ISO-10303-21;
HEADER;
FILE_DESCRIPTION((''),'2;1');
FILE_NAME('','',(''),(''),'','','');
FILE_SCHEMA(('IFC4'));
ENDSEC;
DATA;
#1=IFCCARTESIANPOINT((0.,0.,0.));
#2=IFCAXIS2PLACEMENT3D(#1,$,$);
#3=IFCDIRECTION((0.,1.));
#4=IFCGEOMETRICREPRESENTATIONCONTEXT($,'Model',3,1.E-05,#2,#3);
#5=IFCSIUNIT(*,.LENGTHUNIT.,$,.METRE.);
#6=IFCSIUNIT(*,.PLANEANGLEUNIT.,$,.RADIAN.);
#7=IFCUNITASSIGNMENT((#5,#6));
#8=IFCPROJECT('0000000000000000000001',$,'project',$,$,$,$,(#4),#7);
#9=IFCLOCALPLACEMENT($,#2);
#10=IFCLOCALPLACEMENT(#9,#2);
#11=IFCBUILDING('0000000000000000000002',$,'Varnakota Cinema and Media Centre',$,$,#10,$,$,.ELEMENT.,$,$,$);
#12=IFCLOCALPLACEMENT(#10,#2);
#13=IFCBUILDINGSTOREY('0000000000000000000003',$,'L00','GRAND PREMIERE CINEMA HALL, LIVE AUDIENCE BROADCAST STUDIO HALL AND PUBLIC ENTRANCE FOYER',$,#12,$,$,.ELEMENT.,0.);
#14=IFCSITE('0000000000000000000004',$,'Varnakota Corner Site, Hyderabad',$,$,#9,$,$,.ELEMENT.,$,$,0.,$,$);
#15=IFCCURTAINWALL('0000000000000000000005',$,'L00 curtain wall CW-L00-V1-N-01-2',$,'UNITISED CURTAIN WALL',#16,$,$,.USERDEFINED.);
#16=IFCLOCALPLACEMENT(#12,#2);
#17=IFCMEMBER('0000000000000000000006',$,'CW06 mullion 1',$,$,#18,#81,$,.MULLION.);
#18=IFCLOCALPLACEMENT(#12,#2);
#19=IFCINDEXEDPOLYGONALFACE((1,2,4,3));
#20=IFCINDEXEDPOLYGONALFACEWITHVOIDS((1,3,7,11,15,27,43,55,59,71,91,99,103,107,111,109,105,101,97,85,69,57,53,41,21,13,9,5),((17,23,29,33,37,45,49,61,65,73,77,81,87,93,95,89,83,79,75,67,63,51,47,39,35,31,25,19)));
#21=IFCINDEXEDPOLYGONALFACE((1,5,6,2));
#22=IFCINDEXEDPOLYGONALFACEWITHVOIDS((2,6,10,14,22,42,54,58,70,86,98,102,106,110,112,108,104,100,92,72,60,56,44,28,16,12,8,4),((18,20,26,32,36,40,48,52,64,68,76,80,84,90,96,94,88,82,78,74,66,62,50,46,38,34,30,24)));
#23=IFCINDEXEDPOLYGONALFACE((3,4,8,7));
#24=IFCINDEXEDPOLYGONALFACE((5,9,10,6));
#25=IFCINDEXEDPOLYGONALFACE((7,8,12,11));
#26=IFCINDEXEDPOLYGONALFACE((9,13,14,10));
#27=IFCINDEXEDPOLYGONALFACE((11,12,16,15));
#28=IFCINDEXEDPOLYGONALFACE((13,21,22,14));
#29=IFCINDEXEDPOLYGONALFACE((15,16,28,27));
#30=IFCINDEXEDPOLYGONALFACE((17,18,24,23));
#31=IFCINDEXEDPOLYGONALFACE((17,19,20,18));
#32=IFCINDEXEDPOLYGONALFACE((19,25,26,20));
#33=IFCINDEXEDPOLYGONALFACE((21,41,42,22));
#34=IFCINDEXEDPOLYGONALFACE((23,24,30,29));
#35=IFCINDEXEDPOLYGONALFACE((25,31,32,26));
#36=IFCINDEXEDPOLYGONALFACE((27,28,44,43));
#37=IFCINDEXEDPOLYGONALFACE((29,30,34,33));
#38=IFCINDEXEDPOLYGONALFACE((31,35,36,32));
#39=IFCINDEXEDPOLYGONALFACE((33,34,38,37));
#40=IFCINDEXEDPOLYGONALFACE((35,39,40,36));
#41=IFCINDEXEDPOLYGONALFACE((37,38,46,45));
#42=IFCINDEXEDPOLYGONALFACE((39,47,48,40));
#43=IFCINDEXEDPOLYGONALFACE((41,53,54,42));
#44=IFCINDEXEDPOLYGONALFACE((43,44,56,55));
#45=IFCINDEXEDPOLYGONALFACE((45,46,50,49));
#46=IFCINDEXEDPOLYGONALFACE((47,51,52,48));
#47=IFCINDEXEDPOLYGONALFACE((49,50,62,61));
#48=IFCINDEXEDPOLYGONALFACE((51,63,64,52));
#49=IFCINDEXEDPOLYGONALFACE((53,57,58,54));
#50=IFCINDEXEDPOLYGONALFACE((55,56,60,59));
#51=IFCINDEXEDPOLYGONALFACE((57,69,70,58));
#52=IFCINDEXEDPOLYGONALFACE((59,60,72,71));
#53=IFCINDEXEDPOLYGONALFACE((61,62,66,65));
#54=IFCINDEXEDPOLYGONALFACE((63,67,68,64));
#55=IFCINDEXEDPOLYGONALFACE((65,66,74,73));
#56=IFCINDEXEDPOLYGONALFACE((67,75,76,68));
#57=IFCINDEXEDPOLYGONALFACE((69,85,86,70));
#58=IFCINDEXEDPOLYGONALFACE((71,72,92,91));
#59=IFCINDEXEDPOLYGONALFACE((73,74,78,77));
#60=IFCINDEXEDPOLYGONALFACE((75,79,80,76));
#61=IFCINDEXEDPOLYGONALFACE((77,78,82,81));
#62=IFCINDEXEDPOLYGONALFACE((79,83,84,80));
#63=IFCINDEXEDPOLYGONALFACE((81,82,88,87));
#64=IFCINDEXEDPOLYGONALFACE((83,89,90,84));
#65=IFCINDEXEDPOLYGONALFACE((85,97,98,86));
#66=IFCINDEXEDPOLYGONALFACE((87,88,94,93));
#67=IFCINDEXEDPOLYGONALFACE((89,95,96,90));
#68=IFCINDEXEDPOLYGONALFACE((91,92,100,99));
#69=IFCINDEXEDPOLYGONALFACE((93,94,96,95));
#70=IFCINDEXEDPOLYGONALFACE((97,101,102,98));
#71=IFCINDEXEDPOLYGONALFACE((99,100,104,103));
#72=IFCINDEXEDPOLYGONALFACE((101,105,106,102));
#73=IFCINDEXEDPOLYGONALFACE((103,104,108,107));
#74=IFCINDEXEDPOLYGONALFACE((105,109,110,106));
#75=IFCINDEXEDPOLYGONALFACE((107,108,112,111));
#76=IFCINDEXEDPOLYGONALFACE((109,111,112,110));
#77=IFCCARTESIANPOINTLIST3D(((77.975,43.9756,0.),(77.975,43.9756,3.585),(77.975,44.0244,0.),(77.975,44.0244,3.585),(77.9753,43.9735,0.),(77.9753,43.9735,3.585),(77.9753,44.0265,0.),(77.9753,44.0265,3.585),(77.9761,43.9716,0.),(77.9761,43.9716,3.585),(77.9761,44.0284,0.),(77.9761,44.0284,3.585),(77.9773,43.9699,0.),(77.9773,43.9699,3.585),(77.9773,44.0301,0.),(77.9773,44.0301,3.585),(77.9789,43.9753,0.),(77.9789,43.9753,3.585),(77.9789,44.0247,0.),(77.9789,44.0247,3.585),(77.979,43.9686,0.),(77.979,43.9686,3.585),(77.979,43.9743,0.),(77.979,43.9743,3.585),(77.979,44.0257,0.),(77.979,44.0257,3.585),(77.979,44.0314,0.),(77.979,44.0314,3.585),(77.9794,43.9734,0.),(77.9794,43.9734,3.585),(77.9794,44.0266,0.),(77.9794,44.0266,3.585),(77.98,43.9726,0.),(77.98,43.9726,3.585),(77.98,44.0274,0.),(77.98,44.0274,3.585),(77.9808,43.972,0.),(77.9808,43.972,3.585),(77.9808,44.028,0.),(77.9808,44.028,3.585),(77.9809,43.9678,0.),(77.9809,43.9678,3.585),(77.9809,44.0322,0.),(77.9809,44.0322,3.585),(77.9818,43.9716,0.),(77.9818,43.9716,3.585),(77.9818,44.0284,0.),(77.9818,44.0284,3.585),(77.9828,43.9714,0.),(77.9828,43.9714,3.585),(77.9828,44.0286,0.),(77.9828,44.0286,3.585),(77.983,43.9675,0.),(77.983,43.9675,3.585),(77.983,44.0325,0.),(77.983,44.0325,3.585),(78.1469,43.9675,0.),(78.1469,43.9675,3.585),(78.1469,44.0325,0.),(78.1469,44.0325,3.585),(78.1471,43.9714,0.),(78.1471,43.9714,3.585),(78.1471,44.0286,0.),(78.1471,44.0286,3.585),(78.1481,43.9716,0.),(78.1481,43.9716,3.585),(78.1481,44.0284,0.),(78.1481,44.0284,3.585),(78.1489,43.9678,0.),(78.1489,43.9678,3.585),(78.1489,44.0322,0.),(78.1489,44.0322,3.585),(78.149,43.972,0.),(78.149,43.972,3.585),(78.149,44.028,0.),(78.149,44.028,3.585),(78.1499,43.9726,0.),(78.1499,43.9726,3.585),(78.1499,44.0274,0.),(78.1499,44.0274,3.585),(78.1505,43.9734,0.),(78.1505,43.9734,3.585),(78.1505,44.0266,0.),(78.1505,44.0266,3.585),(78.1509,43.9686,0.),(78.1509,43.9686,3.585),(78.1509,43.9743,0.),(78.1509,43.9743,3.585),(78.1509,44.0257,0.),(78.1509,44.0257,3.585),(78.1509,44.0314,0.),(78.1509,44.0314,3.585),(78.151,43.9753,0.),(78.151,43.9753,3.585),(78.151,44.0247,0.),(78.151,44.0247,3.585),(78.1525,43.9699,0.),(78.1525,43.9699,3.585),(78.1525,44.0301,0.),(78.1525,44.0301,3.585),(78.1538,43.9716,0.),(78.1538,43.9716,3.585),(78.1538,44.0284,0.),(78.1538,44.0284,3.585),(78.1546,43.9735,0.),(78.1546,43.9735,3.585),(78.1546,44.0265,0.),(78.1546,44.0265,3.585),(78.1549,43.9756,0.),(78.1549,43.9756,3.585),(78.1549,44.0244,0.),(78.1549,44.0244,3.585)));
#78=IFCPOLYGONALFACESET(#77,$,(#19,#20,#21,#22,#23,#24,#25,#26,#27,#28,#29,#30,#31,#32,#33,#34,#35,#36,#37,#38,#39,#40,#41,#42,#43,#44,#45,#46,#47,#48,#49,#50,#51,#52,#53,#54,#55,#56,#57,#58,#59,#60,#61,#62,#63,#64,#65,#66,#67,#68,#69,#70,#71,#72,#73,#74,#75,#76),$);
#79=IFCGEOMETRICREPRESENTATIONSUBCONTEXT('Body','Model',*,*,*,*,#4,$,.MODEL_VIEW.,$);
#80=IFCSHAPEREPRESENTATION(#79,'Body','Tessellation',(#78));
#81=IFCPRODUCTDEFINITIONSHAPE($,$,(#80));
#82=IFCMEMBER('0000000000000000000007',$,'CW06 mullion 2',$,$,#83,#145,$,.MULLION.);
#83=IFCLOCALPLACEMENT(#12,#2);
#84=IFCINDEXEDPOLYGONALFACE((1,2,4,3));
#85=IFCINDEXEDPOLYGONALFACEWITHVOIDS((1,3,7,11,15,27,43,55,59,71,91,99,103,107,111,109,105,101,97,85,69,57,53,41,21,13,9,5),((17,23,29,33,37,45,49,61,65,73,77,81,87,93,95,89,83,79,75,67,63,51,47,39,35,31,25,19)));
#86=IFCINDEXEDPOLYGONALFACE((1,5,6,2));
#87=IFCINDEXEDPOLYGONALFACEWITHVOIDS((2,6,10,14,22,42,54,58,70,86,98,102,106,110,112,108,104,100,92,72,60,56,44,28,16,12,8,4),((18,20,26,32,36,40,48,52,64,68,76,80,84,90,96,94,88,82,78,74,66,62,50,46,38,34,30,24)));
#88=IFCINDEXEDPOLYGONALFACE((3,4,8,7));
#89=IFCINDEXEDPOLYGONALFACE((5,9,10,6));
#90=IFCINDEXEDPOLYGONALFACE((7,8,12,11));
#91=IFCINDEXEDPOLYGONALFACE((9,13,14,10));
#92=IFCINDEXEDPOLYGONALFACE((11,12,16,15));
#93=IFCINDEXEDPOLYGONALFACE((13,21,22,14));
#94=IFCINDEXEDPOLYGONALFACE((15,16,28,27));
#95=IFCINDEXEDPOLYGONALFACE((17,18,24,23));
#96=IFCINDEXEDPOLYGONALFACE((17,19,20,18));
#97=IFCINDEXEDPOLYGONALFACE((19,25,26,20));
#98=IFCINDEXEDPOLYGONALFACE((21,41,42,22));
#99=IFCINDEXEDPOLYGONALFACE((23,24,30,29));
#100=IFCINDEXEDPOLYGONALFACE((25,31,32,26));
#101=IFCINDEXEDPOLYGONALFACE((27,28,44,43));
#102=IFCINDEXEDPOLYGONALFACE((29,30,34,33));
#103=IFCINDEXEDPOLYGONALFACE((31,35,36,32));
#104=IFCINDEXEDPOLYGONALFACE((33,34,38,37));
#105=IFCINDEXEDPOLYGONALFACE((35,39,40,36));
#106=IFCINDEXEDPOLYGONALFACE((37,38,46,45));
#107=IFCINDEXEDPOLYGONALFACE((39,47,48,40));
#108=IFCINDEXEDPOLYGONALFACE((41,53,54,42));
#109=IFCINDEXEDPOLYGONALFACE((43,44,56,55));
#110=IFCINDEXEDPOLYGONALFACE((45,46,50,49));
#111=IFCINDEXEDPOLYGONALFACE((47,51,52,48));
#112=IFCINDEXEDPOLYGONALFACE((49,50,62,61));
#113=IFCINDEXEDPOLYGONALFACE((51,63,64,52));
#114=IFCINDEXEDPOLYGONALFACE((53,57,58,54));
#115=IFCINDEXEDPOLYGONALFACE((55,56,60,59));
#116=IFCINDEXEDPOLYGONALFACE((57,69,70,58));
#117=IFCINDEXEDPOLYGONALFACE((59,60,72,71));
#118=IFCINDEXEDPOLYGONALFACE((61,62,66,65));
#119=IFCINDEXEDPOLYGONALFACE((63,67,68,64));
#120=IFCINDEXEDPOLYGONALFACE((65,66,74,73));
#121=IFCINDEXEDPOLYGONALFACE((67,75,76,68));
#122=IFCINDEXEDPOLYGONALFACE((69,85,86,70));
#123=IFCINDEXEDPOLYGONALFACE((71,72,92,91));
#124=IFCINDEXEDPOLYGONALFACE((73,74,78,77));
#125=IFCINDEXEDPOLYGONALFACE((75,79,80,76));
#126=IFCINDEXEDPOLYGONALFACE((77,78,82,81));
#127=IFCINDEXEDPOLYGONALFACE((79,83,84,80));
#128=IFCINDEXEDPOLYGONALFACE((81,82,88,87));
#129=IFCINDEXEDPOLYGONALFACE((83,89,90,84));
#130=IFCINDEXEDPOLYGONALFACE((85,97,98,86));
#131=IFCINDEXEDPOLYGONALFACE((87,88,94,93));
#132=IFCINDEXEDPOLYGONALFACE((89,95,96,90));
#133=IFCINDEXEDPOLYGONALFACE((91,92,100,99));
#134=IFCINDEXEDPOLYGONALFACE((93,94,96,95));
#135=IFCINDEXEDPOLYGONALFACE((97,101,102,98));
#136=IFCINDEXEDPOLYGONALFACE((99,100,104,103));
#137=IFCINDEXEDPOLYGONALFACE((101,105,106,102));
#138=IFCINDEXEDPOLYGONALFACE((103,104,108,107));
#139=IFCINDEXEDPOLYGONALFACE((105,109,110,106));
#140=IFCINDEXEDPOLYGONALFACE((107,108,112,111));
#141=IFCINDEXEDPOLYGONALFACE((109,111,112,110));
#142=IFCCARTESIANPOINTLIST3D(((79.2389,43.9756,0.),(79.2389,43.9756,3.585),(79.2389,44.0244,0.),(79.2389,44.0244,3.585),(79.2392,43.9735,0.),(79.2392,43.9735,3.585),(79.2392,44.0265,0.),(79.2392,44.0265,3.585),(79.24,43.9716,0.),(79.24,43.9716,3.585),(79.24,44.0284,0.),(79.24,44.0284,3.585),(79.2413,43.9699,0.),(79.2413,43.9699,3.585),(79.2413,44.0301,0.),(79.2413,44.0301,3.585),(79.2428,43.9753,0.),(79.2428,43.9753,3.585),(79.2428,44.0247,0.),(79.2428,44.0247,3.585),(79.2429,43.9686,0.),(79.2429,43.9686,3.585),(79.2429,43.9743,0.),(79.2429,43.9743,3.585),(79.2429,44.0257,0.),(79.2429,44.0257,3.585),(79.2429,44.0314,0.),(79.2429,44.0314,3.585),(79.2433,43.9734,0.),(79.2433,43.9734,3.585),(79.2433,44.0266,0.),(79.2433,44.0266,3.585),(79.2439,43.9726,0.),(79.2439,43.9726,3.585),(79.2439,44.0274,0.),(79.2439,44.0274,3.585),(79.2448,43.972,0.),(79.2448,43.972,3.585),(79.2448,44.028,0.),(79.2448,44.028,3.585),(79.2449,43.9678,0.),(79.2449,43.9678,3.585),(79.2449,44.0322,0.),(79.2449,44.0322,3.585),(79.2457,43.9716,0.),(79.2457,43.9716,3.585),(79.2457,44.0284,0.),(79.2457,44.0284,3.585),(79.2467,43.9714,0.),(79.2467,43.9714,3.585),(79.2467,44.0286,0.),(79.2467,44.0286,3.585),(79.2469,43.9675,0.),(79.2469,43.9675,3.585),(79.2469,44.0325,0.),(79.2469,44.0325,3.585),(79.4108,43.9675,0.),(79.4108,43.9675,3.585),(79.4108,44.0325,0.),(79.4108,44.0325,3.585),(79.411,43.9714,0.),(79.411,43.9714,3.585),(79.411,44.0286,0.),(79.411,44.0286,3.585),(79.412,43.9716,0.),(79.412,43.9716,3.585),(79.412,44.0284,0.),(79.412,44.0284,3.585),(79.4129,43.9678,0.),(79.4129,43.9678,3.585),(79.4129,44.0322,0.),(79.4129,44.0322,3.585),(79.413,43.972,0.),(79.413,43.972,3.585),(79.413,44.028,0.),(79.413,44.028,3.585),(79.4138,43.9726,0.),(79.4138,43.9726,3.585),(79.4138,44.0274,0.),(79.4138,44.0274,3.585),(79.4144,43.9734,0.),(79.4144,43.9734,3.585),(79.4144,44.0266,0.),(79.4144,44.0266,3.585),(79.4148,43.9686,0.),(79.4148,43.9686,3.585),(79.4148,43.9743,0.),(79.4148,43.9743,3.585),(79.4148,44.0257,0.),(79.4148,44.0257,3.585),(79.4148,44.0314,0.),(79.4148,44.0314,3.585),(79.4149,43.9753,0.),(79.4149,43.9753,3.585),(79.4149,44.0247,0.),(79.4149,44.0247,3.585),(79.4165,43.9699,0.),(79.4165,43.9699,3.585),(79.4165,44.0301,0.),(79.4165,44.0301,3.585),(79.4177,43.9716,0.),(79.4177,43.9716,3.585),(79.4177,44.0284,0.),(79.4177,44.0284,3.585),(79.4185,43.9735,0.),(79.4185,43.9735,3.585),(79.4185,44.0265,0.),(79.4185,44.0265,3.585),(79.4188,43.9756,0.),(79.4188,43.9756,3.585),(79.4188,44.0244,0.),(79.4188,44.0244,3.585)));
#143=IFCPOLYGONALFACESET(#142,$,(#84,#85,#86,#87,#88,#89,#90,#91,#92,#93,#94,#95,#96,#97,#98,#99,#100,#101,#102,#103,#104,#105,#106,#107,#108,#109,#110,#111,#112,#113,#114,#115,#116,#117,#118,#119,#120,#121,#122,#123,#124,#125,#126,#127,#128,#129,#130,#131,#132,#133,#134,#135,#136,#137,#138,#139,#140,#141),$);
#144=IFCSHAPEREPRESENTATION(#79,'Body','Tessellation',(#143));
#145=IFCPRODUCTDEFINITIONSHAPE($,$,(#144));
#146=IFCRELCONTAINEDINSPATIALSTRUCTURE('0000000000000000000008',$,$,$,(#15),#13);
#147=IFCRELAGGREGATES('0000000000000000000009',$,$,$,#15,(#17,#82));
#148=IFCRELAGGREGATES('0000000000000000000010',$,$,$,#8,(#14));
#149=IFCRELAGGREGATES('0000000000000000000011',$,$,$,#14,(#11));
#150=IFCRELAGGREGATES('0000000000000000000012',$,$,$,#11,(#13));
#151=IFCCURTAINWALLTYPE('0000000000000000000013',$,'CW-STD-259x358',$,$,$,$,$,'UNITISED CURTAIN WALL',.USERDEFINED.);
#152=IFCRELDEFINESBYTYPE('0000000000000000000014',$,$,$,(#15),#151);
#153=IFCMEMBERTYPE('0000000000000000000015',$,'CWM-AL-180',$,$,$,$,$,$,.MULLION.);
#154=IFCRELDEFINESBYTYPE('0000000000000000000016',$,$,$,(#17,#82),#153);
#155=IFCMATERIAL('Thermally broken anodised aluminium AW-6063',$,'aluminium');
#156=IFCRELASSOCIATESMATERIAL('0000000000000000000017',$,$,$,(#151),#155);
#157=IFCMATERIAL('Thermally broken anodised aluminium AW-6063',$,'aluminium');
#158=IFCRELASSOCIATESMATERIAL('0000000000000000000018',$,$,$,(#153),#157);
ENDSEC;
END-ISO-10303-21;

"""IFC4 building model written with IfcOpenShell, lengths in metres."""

from ifc_helpers import new_model, si_unit, direction, frame, origin, origin_2d, place, context, subcontext, project, spatial, hollow_rectangle, extrude, material, material_profile, profile_set, type_object, element, aggregate, save


model = new_model("IFC4")

# Units and contexts
model_context = context("Model", 3, precision=1e-05, world=origin(), true_north=direction((0.0, 1.0)))
body_context = subcontext(model_context, "Body", "Model", "MODEL_VIEW")
ifc_project = project(units=[si_unit("LENGTHUNIT", "METRE"), si_unit("PLANEANGLEUNIT", "RADIAN")], contexts=[model_context])

# Site, building, storey
site_placement = place(None, origin())
site = spatial("IfcSite", under=ifc_project, at=site_placement, Name="Varnakota Corner Site, Hyderabad", CompositionType="ELEMENT", RefElevation=0.0)
building_placement = place(site_placement, origin())
building = spatial("IfcBuilding", under=site, at=building_placement, Name="Varnakota Cinema and Media Centre", CompositionType="ELEMENT")
storey_placement = place(building_placement, origin())
storey = spatial("IfcBuildingStorey", under=building, at=storey_placement, Name="L00", Description="GRAND PREMIERE CINEMA HALL, LIVE AUDIENCE BROADCAST STUDIO HALL AND PUBLIC ENTRANCE FOYER", CompositionType="ELEMENT", Elevation=0.0)

# Curtain wall, members
ifc_material_1 = material(Name="Thermally broken anodised aluminium AW-6063", Category="aluminium")
curtain_wall_type = type_object("IfcCurtainWallType", Name="CW-STD-259x358", ElementType="UNITISED CURTAIN WALL", PredefinedType="USERDEFINED", material=ifc_material_1)
curtain_wall_1_placement = place(storey_placement, origin())
curtain_wall_1 = element("IfcCurtainWall", 1, at=curtain_wall_1_placement, inside=storey, type_object=curtain_wall_type, Name="L00 curtain wall CW-L00-V1-N-01-2", ObjectType="UNITISED CURTAIN WALL", PredefinedType="USERDEFINED")
ifc_material_2 = material(Name="Thermally broken anodised aluminium AW-6063", Category="aluminium")
ifc_material_profile_1 = material_profile(ifc_material_2, hollow_rectangle(XDim=0.0649, YDim=0.1799, WallThickness=0.0039, InnerFilletRadius=0.0039, OuterFilletRadius=0.0081, at=origin_2d()), Name="AL-MULLION 180x65x4")
ifc_profile_set_1 = profile_set([ifc_material_profile_1], Name="Thermally broken anodised aluminium AW-6063")
member_type_1 = type_object("IfcMemberType", Name="CWM-AL-180", PredefinedType="MULLION", material=ifc_profile_set_1)
member_1_placement = place(storey_placement, frame((78.0649, 44.0, 0.0), z_axis=(0.0, 0.0, 1.0), x_axis=(0.0, 1.0, 0.0)))
member_1 = element("IfcMember", 2, at=member_1_placement, type_object=member_type_1, Name="CW06 mullion 1", PredefinedType="MULLION", context=body_context, shape_type="SweptSolid", body=[
    extrude(hollow_rectangle(XDim=0.0649, YDim=0.1799, WallThickness=0.0039, InnerFilletRadius=0.0039, OuterFilletRadius=0.0081, at=origin_2d()), origin(), (0.0, 0.0, 1.0), 3.585),
])
member_2_placement = place(storey_placement, frame((79.3289, 44.0, 0.0), z_axis=(0.0, 0.0, 1.0), x_axis=(0.0, 1.0, 0.0)))
member_2 = element("IfcMember", 3, at=member_2_placement, type_object=member_type_1, Name="CW06 mullion 2", PredefinedType="MULLION", context=body_context, shape_type="SweptSolid", body=[
    extrude(hollow_rectangle(XDim=0.0649, YDim=0.1799, WallThickness=0.0039, InnerFilletRadius=0.0039, OuterFilletRadius=0.0081, at=origin_2d()), origin(), (0.0, 0.0, 1.0), 3.585),
])

aggregate(curtain_wall_1, [member_1, member_2])

save(model, "model.ifc")
